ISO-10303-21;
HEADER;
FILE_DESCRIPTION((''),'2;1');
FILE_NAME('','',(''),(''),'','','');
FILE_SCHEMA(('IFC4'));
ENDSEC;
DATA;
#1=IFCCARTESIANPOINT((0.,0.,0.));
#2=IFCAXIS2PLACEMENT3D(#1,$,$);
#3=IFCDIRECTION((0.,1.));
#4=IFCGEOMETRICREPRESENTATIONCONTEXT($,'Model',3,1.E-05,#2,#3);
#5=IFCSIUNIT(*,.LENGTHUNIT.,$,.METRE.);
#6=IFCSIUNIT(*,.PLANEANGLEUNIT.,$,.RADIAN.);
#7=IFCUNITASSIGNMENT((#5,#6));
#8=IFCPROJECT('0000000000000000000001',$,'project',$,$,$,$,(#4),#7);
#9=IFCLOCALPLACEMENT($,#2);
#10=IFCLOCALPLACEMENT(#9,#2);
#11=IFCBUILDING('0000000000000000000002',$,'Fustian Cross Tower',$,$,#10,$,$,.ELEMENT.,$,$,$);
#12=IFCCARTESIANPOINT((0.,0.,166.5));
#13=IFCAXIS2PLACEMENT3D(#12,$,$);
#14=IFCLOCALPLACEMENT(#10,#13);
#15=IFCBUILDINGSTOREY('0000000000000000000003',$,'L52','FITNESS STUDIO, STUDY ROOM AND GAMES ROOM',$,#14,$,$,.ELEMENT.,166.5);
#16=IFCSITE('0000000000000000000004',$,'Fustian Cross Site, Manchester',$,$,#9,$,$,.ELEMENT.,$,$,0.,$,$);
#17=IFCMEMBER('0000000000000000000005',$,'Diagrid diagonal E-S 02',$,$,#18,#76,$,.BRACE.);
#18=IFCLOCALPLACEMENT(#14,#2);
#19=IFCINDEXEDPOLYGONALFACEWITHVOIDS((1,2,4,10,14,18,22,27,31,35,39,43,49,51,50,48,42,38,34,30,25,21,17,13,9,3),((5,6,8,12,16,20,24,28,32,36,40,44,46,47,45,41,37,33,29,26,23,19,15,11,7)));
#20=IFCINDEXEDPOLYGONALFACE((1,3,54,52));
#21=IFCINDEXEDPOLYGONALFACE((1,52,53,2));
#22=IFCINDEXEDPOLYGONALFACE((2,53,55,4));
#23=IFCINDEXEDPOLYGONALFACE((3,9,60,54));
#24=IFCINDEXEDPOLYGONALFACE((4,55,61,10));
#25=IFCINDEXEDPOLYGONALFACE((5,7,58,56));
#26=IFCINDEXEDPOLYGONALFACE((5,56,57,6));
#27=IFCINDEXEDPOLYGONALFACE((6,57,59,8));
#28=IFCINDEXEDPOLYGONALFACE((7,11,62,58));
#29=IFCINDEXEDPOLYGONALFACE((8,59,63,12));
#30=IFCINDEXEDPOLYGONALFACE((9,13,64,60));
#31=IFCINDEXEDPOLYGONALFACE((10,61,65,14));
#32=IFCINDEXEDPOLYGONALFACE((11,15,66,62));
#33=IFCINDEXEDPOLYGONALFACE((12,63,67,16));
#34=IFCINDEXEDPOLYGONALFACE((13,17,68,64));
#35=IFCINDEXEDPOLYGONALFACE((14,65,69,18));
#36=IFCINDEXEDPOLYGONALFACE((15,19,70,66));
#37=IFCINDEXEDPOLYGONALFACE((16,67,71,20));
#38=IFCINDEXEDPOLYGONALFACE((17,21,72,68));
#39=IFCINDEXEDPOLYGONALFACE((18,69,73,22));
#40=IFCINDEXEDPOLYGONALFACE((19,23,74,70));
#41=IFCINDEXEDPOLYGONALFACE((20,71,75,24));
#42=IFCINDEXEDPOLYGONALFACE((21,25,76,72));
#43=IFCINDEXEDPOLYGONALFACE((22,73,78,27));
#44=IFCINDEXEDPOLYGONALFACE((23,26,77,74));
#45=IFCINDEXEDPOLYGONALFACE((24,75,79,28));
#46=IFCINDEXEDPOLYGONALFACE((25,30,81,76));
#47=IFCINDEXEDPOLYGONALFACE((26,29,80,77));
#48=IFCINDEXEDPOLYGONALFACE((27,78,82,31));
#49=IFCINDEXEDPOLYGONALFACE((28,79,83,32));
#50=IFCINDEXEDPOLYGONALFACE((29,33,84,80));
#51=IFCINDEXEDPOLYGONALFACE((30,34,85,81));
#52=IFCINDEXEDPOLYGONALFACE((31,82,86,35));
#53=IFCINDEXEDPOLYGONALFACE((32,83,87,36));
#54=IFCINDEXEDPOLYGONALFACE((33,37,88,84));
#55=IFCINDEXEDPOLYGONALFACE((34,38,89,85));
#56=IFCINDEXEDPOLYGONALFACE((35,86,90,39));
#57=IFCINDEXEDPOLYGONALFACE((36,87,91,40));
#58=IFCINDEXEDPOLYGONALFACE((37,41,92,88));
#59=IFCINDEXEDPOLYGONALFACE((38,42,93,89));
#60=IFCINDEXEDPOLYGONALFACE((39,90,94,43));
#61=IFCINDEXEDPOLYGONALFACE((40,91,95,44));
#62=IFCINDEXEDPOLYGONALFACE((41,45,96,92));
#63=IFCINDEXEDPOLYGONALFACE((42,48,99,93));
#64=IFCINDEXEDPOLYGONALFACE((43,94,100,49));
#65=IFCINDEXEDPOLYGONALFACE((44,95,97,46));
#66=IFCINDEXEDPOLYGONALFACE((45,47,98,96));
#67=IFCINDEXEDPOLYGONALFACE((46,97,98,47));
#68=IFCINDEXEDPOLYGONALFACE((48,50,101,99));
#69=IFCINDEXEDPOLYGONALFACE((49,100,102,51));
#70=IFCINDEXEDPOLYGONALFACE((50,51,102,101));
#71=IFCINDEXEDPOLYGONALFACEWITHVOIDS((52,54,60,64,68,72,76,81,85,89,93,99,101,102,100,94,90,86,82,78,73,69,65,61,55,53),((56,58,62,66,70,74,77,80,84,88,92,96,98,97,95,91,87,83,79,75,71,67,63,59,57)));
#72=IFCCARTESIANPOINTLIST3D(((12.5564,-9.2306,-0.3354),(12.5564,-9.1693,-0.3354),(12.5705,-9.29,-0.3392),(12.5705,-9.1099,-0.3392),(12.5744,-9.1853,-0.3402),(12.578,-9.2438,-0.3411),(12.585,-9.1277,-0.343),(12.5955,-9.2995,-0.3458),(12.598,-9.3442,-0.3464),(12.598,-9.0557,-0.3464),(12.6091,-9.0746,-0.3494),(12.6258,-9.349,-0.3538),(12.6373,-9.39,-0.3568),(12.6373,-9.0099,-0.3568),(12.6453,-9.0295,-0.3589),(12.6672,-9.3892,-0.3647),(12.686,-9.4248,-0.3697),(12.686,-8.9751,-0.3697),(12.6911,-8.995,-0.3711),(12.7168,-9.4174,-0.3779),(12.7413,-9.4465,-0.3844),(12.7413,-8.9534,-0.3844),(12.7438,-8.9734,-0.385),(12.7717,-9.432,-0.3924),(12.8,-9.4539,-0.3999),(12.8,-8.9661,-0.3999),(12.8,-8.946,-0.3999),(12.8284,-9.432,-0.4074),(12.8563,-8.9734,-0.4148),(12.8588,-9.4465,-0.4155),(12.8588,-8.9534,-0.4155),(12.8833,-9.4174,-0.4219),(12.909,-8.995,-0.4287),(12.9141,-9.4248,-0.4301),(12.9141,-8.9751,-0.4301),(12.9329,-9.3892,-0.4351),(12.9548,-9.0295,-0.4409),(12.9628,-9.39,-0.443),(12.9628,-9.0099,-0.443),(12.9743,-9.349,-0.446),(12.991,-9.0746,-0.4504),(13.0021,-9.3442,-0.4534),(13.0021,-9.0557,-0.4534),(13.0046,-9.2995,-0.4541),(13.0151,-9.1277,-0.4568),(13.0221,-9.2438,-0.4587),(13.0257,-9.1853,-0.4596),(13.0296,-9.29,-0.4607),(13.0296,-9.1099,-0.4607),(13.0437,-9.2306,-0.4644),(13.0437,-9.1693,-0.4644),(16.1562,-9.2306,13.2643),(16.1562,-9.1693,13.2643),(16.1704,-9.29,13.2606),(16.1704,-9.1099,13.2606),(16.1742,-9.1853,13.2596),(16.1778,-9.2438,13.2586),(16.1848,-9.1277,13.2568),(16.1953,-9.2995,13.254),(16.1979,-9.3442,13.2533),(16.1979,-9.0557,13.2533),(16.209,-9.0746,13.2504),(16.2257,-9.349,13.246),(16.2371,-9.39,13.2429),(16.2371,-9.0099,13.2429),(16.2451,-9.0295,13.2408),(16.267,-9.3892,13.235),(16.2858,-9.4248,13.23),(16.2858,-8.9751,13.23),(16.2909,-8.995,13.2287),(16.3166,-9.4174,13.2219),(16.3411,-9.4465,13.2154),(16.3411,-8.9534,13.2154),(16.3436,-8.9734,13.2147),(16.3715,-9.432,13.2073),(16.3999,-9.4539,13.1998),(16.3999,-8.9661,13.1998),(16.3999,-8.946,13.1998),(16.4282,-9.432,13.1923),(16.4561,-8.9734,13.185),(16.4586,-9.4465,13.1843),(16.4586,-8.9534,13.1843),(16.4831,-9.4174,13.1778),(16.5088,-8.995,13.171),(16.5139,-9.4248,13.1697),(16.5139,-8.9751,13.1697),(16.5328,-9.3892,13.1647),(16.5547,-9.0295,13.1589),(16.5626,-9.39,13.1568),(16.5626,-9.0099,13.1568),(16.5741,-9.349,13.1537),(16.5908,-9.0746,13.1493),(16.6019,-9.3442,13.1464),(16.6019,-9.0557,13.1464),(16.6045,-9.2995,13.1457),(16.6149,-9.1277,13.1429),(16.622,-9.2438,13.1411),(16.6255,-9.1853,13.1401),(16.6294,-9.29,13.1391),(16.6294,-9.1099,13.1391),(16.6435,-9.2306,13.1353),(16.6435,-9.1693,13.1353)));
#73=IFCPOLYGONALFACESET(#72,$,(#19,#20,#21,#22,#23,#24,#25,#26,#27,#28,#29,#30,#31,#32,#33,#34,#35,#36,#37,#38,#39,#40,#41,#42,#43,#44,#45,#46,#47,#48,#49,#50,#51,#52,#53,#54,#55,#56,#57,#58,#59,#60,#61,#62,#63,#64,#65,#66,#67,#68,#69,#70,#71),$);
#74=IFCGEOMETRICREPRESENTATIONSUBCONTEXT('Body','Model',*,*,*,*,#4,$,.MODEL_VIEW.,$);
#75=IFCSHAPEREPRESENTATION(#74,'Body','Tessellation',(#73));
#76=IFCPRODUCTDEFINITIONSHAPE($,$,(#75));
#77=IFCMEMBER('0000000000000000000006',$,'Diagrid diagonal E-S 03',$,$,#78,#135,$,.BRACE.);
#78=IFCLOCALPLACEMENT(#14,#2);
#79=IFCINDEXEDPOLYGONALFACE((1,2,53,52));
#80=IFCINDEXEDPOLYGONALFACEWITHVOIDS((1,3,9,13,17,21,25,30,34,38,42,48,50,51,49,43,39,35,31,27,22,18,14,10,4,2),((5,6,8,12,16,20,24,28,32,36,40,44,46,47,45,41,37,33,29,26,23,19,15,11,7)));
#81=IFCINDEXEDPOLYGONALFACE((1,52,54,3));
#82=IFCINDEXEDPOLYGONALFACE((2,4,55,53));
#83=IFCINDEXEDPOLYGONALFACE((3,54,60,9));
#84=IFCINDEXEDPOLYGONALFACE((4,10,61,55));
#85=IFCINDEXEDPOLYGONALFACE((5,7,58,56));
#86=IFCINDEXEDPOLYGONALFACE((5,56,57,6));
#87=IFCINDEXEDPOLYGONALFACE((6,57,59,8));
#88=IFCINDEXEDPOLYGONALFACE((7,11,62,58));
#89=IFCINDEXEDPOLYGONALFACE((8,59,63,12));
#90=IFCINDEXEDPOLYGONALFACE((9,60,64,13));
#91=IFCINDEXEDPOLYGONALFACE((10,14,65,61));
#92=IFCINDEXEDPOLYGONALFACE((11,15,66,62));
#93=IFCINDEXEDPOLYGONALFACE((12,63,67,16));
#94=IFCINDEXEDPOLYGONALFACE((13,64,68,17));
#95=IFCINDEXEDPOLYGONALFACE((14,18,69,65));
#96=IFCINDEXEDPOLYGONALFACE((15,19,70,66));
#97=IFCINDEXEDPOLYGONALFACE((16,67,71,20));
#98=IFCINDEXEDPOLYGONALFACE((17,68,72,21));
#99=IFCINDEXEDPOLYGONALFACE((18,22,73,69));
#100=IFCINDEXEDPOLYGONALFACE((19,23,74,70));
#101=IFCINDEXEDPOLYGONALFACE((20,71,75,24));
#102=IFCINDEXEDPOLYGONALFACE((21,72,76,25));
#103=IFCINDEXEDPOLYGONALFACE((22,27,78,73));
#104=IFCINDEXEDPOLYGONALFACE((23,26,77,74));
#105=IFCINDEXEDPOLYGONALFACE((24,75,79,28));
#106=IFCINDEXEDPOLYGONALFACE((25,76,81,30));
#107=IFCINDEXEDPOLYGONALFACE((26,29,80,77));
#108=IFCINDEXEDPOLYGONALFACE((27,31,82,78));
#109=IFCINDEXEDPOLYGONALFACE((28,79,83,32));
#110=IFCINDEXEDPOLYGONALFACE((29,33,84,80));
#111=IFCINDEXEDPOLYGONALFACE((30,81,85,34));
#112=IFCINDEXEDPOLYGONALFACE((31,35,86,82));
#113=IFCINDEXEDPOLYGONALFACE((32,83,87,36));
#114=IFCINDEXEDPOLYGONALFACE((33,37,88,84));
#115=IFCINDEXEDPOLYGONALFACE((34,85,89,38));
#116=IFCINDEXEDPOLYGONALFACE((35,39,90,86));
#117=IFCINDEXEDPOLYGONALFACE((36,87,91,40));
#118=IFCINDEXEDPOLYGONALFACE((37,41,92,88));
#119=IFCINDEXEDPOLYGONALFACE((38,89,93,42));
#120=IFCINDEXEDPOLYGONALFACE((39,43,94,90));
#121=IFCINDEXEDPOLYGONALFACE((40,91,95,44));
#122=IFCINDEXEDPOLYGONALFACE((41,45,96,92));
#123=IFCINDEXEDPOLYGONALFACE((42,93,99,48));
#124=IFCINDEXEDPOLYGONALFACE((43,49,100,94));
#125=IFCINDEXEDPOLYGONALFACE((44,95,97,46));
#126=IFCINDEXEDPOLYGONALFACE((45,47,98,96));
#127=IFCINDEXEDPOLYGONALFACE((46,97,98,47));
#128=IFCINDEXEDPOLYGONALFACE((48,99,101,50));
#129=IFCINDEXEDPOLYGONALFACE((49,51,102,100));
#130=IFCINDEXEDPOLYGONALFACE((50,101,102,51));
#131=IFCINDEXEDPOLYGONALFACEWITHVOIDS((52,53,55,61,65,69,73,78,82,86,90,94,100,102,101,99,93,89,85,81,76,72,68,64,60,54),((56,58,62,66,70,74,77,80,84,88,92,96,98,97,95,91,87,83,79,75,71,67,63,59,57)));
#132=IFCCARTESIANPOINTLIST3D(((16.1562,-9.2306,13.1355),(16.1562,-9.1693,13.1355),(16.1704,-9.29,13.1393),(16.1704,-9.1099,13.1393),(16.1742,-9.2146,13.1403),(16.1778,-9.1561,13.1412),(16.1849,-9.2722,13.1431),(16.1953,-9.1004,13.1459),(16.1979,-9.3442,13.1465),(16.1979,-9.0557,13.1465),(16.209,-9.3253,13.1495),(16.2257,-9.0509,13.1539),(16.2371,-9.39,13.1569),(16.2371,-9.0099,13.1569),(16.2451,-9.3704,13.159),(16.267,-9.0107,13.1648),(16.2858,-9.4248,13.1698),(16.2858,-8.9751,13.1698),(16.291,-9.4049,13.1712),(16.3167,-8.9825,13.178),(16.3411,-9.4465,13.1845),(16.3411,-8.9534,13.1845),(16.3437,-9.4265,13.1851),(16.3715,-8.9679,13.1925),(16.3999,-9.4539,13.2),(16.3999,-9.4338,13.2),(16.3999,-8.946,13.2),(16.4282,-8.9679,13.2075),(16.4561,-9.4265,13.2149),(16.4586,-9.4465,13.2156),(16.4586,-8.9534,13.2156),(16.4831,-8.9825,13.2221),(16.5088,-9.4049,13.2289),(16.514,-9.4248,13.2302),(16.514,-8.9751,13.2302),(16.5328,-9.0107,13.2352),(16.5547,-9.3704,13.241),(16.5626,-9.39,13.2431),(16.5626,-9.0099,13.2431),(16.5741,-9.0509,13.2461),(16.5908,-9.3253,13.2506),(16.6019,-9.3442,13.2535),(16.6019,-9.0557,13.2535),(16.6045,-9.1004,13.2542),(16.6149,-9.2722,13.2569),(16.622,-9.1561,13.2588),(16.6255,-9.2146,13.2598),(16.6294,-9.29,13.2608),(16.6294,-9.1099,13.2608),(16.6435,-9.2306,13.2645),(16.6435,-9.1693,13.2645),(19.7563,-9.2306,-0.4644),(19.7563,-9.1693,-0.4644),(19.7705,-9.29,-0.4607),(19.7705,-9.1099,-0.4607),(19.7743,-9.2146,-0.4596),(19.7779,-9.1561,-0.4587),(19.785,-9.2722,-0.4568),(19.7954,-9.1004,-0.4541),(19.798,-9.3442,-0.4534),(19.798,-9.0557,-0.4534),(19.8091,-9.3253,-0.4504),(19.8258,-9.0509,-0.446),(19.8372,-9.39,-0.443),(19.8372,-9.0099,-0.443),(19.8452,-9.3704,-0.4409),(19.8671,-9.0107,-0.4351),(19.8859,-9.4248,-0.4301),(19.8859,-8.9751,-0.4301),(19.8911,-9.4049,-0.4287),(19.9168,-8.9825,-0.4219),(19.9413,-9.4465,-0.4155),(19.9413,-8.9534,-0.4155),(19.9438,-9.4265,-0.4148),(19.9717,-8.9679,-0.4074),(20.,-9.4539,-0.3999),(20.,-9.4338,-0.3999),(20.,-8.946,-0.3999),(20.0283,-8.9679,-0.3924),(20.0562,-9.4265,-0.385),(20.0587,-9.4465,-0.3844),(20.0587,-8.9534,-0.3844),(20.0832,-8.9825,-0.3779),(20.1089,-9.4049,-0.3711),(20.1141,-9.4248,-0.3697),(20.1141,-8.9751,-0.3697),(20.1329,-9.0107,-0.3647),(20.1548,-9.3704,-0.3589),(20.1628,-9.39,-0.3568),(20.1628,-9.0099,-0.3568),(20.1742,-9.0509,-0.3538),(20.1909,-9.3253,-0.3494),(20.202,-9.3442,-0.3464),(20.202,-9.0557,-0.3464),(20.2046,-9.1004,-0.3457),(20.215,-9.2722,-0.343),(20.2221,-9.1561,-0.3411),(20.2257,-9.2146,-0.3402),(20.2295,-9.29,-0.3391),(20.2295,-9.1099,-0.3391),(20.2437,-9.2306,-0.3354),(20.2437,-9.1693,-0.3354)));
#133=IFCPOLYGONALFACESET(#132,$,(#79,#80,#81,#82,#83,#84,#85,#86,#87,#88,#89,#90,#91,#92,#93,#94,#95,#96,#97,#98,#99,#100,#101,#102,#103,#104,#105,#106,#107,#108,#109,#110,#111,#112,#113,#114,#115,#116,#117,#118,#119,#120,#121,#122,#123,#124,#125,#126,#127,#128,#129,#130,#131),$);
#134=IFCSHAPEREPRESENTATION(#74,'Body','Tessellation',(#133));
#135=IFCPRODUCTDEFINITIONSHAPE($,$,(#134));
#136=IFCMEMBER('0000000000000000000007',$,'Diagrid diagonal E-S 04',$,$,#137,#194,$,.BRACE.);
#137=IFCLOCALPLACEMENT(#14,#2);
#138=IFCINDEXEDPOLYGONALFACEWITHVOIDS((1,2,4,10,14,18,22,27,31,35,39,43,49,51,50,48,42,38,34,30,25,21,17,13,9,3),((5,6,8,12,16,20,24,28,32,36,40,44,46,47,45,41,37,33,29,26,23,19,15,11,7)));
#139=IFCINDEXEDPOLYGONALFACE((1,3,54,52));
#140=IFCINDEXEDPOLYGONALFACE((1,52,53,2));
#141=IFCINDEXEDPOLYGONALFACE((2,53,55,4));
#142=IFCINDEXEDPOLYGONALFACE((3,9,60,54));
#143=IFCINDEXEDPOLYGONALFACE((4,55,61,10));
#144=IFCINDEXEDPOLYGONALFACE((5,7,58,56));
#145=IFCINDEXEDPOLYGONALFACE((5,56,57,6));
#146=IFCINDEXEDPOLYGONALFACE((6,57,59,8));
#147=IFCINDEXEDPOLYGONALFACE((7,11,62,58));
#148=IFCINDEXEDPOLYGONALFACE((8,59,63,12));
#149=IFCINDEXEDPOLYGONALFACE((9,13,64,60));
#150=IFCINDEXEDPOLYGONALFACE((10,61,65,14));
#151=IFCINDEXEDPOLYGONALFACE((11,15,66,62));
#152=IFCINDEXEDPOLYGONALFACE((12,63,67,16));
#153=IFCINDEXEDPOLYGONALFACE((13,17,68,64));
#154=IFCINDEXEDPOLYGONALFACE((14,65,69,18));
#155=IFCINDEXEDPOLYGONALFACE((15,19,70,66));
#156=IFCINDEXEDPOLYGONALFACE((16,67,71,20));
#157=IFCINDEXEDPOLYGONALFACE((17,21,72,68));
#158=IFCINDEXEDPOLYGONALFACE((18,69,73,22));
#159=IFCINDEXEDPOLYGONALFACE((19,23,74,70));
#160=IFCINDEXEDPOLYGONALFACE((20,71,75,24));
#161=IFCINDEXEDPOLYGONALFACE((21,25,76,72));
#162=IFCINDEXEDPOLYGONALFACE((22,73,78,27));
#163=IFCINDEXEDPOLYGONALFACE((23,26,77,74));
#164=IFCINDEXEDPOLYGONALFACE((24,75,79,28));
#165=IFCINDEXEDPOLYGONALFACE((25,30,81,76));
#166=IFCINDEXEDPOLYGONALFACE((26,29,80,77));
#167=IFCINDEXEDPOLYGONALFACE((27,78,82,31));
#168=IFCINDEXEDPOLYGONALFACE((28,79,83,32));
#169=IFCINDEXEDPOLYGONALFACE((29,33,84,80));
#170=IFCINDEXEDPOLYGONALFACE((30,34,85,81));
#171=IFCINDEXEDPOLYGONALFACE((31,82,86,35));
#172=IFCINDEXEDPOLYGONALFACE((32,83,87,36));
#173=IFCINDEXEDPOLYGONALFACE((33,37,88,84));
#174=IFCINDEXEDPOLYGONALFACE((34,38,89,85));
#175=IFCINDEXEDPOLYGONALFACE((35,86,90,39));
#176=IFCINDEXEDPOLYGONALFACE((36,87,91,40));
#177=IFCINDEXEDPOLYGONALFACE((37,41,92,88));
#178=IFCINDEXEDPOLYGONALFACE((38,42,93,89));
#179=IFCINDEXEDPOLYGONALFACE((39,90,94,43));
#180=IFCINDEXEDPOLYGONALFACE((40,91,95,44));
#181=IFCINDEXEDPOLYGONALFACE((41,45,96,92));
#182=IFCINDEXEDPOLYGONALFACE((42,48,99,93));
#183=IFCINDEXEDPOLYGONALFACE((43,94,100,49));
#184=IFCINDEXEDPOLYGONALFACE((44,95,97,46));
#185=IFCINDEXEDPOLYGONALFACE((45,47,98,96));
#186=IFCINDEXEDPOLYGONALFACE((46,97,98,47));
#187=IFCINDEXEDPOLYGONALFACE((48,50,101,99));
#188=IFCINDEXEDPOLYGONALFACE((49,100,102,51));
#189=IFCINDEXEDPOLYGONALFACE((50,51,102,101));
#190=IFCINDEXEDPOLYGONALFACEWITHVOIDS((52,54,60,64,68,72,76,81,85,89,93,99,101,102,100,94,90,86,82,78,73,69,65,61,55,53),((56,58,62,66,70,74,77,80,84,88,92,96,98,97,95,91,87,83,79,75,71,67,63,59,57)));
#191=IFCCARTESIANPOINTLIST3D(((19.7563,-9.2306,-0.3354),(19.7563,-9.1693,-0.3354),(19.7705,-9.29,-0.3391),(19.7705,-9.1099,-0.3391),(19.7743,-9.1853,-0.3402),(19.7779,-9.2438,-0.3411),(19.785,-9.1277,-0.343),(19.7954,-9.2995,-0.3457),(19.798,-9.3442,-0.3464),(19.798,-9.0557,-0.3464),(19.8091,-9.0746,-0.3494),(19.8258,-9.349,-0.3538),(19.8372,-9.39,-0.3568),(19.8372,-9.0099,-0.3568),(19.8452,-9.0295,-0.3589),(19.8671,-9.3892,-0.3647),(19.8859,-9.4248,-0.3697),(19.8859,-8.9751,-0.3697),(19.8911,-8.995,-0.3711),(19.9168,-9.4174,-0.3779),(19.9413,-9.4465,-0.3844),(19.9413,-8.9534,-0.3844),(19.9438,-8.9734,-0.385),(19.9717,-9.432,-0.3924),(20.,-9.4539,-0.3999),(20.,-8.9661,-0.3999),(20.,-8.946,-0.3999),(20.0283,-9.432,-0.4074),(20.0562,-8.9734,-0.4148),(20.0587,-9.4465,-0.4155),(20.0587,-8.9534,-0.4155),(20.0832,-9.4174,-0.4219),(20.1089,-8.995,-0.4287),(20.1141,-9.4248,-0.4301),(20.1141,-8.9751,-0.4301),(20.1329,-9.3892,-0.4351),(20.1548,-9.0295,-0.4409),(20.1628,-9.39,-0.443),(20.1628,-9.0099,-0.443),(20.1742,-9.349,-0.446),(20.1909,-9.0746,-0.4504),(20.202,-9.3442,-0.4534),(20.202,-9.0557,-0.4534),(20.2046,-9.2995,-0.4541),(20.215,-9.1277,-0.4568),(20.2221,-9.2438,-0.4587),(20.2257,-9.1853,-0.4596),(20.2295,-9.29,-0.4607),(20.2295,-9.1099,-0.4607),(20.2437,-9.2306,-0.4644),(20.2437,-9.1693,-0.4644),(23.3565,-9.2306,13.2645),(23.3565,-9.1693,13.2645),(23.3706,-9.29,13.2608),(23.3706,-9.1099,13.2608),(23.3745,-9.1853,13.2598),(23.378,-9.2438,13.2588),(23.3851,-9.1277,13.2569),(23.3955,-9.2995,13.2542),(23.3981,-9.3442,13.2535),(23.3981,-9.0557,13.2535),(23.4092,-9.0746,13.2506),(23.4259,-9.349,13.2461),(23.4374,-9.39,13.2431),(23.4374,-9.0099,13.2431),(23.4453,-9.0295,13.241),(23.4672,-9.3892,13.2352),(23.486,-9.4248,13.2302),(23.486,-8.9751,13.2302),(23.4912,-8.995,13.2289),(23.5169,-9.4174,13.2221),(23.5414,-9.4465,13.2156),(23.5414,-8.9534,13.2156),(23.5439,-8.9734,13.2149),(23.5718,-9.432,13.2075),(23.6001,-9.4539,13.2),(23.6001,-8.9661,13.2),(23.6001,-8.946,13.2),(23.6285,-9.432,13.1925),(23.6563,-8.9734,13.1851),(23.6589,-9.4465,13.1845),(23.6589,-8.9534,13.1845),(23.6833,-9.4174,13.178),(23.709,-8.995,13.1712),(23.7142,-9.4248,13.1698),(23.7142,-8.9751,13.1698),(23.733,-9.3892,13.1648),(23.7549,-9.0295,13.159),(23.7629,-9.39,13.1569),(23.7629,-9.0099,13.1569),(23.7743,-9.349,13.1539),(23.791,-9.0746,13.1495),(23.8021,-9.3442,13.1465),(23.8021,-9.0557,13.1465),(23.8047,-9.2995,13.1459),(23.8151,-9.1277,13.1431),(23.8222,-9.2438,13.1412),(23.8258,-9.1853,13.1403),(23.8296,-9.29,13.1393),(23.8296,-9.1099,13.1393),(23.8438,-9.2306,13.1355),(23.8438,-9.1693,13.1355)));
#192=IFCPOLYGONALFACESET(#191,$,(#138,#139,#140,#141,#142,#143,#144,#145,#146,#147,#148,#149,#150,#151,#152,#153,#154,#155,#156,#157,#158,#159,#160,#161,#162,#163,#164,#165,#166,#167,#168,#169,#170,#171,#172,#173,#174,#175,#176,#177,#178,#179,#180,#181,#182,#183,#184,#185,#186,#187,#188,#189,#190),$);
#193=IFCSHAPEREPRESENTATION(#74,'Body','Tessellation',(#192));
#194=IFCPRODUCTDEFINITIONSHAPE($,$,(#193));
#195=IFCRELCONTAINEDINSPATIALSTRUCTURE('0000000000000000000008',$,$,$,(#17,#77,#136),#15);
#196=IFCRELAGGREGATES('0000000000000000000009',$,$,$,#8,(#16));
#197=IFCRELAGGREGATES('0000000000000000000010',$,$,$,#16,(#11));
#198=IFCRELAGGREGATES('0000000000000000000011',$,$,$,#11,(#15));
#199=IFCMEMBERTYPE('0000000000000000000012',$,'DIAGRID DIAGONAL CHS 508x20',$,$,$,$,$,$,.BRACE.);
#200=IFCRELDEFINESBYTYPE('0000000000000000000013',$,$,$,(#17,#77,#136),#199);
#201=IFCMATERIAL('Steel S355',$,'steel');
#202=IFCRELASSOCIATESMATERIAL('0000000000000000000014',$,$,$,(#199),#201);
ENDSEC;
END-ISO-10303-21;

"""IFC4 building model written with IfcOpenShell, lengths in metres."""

from ifc_helpers import new_model, si_unit, direction, frame, origin, origin_2d, place, context, subcontext, project, spatial, hollow_circle, extrude, material, material_profile, profile_set, type_object, element, save


model = new_model("IFC4")

# Units and contexts
model_context = context("Model", 3, precision=1e-05, world=origin(), true_north=direction((0.0, 1.0)))
body_context = subcontext(model_context, "Body", "Model", "MODEL_VIEW")
ifc_project = project(units=[si_unit("LENGTHUNIT", "METRE"), si_unit("PLANEANGLEUNIT", "RADIAN")], contexts=[model_context])

# Site, building, storey
site_placement = place(None, origin())
site = spatial("IfcSite", under=ifc_project, at=site_placement, Name="Fustian Cross Site, Manchester", CompositionType="ELEMENT", RefElevation=0.0)
building_placement = place(site_placement, origin())
building = spatial("IfcBuilding", under=site, at=building_placement, Name="Fustian Cross Tower", CompositionType="ELEMENT")
storey_placement = place(building_placement, frame((0.0, 0.0, 166.5)))
storey = spatial("IfcBuildingStorey", under=building, at=storey_placement, Name="L52", Description="FITNESS STUDIO, STUDY ROOM AND GAMES ROOM", CompositionType="ELEMENT", Elevation=166.5)

# Members
ifc_material_1 = material(Name="Steel S355", Category="steel")
ifc_material_profile_1 = material_profile(ifc_material_1, hollow_circle(Radius=0.2539, WallThickness=0.02, at=origin_2d()), Name="CHS 508x20")
ifc_profile_set_1 = profile_set([ifc_material_profile_1], Name="Steel S355")
member_type_1 = type_object("IfcMemberType", Name="DIAGRID DIAGONAL CHS 508x20", PredefinedType="BRACE", material=ifc_profile_set_1)
member_1_placement = place(storey_placement, frame((12.8, -9.2, -0.3999), z_axis=(0.255885, 0.0, 0.966707), x_axis=(0.0, 1.0, 0.0)))
element("IfcMember", 1, at=member_1_placement, inside=storey, type_object=member_type_1, Name="Diagrid diagonal E-S 02", PredefinedType="BRACE", context=body_context, shape_type="SweptSolid", body=[
    extrude(hollow_circle(Radius=0.2539, WallThickness=0.02, at=origin_2d()), origin(), (0.0, 0.0, 1.0), 14.0681),
])
for number, where, z_axis, x_axis, name in (
    (2, (20.0, -9.2, -0.3999), (-0.255902, 0.0, 0.966703), (0.0, -1.0, 0.0), "Diagrid diagonal E-S 03"),
    (3, (20.0, -9.2, -0.3999), (0.255902, 0.0, 0.966703), (0.0, 1.0, 0.0), "Diagrid diagonal E-S 04"),
):
    element("IfcMember", number, at=place(storey_placement, frame(where, z_axis=z_axis, x_axis=x_axis)), inside=storey, type_object=member_type_1, Name=name, PredefinedType="BRACE", context=body_context, shape_type="SweptSolid", body=[
        extrude(hollow_circle(Radius=0.2539, WallThickness=0.02, at=origin_2d()), origin(), (0.0, 0.0, 1.0), 14.0684),
    ])

save(model, "model.ifc")
